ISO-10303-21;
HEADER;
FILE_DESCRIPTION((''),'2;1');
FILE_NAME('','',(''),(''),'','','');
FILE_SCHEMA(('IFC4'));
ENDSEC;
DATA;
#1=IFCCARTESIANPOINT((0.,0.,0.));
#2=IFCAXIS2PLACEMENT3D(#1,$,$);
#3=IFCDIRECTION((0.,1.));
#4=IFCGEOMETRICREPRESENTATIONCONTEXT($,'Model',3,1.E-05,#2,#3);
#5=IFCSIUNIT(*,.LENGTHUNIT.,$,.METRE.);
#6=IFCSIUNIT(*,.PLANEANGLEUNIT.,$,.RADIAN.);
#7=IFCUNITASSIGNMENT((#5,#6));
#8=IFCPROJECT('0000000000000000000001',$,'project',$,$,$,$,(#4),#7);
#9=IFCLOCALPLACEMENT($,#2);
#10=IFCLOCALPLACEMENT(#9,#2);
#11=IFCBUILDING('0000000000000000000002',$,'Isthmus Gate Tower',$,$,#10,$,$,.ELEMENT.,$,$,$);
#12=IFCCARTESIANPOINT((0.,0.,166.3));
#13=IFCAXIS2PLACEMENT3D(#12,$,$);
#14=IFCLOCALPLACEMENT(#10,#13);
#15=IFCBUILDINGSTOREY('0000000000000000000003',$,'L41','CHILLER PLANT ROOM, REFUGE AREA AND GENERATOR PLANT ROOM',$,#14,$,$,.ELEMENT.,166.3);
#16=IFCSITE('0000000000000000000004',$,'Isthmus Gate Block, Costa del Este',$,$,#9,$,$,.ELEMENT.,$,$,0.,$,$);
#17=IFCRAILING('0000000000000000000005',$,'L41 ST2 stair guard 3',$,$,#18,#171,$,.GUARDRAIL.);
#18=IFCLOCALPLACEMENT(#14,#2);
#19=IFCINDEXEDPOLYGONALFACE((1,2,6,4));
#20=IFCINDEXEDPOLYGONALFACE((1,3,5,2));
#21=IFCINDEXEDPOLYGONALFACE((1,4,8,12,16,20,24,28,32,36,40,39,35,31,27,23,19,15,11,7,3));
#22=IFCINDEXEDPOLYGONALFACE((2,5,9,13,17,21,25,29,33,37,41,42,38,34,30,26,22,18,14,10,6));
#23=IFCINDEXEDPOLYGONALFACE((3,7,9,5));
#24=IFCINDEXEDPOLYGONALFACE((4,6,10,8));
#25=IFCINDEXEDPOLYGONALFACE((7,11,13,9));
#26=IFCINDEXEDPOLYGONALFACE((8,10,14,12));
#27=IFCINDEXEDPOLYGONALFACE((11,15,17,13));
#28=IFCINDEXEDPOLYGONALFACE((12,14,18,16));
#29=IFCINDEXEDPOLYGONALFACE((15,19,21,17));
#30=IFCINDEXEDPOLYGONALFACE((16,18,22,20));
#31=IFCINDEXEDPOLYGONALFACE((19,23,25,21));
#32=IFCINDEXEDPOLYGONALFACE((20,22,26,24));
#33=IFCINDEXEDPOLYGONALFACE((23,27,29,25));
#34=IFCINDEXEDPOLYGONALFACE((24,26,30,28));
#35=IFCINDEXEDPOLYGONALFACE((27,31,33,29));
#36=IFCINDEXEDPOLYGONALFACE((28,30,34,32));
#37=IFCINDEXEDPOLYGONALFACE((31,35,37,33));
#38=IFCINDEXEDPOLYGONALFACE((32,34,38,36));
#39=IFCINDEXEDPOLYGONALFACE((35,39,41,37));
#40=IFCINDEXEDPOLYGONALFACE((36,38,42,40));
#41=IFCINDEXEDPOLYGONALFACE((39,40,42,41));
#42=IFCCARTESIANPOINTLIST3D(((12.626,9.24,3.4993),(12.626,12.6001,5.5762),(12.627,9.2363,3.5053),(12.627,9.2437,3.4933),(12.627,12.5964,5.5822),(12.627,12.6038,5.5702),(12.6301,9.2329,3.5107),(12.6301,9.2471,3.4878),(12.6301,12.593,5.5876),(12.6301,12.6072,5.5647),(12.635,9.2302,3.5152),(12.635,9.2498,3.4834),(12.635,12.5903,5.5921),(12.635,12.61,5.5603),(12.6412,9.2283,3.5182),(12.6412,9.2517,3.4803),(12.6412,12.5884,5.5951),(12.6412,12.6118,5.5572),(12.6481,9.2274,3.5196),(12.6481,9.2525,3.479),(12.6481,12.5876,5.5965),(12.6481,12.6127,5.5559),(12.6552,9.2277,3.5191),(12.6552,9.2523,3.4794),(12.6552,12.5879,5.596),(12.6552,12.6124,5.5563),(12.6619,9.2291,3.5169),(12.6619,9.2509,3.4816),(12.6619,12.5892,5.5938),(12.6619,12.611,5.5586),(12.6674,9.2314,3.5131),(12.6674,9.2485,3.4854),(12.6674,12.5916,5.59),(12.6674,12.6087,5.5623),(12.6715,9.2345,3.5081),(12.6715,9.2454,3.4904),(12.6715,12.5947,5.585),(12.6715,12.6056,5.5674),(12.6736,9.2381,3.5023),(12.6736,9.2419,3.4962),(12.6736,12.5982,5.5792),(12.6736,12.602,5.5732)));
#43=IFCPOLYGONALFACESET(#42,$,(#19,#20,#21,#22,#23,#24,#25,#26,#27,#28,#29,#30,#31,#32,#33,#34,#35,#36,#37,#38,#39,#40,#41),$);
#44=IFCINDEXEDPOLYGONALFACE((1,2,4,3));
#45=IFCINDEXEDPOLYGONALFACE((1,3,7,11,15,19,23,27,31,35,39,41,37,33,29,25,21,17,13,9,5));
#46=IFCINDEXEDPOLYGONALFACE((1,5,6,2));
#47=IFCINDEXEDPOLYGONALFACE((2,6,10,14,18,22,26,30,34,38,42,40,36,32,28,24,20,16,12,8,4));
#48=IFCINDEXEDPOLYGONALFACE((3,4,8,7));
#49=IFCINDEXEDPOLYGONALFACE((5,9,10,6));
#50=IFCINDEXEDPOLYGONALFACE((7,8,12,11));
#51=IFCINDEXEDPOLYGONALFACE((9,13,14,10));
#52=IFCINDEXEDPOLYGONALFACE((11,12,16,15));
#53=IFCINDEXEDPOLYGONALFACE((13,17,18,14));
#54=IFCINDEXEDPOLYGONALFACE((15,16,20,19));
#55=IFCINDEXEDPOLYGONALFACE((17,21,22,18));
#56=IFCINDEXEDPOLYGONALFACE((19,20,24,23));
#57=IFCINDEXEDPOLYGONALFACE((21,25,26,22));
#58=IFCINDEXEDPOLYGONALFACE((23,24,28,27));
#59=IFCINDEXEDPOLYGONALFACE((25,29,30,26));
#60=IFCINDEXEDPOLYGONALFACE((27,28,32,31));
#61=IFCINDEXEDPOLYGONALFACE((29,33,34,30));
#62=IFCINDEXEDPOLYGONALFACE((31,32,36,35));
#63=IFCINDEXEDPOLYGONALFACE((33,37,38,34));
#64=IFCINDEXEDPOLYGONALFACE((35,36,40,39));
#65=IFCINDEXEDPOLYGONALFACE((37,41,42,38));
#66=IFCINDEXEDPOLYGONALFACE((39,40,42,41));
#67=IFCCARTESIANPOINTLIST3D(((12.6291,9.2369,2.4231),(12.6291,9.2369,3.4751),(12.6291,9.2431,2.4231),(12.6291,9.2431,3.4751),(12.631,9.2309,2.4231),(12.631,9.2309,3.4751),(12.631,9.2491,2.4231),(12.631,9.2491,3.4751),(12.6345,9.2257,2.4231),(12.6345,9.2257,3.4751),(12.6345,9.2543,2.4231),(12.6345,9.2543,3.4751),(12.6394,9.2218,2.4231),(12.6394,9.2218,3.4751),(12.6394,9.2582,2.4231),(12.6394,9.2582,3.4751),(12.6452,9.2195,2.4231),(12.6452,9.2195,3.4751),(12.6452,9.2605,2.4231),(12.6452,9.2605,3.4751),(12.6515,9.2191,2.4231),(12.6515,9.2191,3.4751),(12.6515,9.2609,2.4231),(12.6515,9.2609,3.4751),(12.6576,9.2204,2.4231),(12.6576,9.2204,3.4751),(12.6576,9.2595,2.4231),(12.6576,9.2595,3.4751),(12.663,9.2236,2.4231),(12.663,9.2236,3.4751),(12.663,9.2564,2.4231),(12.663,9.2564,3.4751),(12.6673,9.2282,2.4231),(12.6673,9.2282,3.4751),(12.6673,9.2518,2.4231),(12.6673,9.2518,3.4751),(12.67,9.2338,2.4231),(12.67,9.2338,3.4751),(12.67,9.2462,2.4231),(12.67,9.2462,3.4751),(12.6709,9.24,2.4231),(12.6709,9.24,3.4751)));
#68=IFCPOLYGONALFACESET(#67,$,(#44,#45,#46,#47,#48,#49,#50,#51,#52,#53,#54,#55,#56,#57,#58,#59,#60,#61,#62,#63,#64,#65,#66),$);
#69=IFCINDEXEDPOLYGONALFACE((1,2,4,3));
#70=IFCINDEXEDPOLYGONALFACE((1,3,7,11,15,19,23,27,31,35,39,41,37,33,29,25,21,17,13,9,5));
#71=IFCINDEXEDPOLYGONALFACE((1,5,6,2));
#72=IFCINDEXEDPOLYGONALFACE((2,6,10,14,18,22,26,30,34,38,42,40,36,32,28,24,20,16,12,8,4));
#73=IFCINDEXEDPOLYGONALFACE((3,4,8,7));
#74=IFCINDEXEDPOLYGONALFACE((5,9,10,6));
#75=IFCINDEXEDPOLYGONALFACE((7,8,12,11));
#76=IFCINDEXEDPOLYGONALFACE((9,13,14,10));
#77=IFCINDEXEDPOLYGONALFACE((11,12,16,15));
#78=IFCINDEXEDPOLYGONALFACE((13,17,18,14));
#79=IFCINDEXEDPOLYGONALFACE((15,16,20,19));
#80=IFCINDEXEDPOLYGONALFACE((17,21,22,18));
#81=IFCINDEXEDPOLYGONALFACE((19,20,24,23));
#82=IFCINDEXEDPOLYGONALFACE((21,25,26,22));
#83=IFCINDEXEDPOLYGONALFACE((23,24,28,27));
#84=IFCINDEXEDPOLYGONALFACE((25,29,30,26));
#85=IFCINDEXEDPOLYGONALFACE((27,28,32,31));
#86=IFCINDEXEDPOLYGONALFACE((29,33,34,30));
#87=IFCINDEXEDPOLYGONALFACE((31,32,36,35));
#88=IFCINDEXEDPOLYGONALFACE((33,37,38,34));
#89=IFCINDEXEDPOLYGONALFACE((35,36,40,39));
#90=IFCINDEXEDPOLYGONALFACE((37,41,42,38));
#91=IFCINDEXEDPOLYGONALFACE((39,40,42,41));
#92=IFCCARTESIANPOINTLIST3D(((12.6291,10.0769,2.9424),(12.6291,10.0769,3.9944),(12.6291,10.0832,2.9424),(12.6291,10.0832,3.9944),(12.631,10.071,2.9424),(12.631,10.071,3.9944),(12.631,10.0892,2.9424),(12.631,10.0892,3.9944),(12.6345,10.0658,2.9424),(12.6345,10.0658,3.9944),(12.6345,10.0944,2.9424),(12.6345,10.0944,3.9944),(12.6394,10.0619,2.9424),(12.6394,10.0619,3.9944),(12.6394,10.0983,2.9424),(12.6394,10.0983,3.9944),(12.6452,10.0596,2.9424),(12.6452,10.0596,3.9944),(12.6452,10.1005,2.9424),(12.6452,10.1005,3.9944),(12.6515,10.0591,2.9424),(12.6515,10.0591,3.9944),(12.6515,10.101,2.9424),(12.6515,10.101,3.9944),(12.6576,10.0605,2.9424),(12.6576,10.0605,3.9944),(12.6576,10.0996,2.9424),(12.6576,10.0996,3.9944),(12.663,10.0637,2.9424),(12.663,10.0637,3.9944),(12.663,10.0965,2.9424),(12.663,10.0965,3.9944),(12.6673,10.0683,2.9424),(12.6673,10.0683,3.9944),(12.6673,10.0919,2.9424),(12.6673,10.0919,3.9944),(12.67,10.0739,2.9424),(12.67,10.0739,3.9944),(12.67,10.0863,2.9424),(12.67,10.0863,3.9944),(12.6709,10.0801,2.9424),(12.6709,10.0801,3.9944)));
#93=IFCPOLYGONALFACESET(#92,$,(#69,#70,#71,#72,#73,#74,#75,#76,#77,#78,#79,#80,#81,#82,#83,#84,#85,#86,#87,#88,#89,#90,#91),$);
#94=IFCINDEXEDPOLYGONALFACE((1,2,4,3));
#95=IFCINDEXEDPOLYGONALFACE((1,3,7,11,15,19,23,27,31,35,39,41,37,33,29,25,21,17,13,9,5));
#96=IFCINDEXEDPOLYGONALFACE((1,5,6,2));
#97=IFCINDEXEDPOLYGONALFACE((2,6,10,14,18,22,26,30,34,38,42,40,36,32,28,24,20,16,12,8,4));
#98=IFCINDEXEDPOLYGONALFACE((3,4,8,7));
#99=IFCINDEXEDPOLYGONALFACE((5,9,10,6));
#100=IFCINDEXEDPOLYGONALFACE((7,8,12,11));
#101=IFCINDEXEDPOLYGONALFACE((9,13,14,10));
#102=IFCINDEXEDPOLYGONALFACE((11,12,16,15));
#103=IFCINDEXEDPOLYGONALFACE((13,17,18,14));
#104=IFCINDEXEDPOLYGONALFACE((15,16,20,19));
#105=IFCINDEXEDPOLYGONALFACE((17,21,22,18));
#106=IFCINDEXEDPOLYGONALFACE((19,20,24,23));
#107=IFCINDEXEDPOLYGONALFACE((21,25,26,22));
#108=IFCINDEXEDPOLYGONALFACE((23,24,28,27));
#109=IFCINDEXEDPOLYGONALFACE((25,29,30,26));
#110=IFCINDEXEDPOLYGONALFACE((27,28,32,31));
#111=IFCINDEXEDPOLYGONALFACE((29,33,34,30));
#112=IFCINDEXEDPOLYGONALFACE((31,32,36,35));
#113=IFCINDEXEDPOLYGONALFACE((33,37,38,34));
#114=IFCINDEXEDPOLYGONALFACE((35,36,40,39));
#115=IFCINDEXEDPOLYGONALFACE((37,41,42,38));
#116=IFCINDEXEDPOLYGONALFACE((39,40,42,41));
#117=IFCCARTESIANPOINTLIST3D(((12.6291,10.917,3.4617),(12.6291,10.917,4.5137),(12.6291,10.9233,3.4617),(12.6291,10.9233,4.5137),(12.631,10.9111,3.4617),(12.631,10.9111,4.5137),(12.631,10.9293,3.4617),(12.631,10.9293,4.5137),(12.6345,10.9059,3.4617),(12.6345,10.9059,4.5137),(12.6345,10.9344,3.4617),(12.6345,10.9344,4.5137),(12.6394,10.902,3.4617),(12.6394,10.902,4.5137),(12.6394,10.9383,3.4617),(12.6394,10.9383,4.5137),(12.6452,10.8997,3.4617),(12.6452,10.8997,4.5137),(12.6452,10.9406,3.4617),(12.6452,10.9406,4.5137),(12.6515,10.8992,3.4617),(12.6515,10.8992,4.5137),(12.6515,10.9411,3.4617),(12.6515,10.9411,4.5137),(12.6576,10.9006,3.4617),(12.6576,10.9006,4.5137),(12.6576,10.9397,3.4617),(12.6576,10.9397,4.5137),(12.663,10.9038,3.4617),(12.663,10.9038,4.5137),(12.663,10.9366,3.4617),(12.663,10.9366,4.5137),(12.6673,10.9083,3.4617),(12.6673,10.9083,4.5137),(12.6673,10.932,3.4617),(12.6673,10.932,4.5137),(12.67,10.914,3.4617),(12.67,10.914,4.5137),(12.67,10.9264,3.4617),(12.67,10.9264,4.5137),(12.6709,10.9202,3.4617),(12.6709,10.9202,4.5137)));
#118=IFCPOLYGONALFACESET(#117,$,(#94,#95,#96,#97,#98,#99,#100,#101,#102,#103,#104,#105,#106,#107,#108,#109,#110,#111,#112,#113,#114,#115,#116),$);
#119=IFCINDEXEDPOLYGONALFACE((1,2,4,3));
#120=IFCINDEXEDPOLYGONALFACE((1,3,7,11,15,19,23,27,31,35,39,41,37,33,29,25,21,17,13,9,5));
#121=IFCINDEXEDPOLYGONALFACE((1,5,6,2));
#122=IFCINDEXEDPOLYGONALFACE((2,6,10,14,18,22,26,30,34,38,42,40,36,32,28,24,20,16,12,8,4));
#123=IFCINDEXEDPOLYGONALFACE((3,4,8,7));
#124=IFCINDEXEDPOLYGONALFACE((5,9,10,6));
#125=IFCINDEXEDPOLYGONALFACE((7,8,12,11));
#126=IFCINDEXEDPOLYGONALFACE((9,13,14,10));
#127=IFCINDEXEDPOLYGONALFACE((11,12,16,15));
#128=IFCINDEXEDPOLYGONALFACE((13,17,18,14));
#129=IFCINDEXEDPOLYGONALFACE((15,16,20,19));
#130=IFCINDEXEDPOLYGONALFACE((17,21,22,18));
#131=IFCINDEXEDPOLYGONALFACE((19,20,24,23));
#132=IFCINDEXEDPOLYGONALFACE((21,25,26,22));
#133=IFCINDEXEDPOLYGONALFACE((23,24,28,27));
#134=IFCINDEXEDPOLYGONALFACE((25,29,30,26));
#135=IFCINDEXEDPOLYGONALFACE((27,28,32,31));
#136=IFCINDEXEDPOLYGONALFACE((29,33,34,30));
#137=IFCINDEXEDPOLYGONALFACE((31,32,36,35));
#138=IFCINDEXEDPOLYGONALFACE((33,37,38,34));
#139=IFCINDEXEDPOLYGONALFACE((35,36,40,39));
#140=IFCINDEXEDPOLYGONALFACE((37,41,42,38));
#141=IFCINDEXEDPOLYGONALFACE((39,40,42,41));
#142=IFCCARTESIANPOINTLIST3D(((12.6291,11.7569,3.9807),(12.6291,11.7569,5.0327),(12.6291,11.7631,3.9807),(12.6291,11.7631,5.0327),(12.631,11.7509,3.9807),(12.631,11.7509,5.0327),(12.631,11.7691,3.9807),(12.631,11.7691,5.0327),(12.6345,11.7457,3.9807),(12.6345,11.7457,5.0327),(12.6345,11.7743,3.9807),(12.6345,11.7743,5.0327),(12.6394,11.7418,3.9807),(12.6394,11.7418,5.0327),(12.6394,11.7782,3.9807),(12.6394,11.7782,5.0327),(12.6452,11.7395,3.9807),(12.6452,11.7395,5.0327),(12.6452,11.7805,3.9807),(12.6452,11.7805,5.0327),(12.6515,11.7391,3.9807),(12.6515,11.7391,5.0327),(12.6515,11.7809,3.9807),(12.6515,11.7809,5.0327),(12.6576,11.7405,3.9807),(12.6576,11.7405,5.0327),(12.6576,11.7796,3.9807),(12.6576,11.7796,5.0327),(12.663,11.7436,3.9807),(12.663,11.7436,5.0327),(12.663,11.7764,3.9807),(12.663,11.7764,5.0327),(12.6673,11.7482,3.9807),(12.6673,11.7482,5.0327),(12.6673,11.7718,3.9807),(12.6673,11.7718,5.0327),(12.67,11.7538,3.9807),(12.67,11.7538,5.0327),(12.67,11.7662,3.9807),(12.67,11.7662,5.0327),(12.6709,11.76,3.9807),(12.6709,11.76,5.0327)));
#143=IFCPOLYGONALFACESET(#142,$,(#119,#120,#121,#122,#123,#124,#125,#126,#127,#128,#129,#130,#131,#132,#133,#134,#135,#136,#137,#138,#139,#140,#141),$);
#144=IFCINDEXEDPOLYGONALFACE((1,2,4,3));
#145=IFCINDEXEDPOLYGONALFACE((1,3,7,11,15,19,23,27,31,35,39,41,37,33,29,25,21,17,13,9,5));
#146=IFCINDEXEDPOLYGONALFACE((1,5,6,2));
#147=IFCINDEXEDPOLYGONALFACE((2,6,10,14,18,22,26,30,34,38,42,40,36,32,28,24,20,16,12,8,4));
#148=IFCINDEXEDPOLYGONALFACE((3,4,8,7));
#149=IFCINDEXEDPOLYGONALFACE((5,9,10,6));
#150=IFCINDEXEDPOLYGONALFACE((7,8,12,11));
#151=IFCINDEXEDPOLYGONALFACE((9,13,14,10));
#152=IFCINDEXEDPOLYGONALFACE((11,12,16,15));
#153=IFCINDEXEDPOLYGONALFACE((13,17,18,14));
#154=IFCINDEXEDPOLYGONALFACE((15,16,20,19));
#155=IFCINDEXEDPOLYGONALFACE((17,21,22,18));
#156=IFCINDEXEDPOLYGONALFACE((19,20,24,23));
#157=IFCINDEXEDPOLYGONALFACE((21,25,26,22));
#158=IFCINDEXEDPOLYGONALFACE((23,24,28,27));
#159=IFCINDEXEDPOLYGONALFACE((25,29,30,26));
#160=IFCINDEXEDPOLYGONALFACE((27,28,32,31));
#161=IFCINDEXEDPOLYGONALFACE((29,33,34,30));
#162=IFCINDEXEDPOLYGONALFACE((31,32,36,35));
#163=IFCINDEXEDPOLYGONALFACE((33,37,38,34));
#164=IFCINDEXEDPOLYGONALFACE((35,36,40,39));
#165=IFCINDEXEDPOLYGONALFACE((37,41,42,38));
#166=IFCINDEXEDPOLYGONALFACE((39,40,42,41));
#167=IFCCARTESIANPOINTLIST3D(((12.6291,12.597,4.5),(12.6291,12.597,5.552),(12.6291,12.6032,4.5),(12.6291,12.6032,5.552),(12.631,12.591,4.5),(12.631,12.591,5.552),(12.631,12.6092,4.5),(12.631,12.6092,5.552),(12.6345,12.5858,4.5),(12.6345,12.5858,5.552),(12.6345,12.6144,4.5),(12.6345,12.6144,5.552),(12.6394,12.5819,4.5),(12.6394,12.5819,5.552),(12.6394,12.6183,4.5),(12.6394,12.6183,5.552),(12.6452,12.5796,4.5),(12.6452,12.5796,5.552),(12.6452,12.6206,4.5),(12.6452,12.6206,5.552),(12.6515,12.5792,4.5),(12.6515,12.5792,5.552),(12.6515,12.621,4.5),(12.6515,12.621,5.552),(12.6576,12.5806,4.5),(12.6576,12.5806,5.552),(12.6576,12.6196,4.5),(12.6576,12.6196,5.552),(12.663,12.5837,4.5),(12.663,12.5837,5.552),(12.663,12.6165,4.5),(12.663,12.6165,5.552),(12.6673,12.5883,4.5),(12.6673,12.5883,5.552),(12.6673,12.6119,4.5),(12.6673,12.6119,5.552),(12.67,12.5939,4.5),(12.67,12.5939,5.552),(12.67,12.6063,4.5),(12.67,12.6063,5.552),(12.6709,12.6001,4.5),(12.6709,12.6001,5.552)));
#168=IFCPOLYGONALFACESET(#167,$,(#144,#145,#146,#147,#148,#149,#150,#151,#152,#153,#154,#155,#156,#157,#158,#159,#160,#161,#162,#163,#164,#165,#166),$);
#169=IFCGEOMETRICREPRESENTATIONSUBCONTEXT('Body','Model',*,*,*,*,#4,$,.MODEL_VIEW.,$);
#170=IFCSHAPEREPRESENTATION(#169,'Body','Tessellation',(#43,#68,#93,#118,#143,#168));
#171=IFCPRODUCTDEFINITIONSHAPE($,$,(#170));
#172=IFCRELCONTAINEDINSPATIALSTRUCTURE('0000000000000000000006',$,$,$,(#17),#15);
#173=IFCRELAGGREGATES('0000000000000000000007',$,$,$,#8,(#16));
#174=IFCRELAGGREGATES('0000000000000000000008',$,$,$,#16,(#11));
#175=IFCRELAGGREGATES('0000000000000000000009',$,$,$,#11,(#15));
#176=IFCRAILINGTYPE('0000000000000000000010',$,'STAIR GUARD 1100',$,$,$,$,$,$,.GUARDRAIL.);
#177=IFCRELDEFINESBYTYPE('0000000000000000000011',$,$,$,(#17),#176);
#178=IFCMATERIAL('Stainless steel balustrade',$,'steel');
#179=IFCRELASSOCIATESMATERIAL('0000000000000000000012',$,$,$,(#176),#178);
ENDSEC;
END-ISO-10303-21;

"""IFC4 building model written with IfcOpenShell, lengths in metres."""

from ifc_helpers import new_model, si_unit, direction, frame, origin, origin_2d, place, context, subcontext, project, spatial, circle, extrude, material, type_object, element, save


model = new_model("IFC4")

# Units and contexts
model_context = context("Model", 3, precision=1e-05, world=origin(), true_north=direction((0.0, 1.0)))
body_context = subcontext(model_context, "Body", "Model", "MODEL_VIEW")
ifc_project = project(units=[si_unit("LENGTHUNIT", "METRE"), si_unit("PLANEANGLEUNIT", "RADIAN")], contexts=[model_context])

# Site, building, storey
site_placement = place(None, origin())
site = spatial("IfcSite", under=ifc_project, at=site_placement, Name="Isthmus Gate Block, Costa del Este", CompositionType="ELEMENT", RefElevation=0.0)
building_placement = place(site_placement, origin())
building = spatial("IfcBuilding", under=site, at=building_placement, Name="Isthmus Gate Tower", CompositionType="ELEMENT")
storey_placement = place(building_placement, frame((0.0, 0.0, 166.3)))
storey = spatial("IfcBuildingStorey", under=building, at=storey_placement, Name="L41", Description="CHILLER PLANT ROOM, REFUGE AREA AND GENERATOR PLANT ROOM", CompositionType="ELEMENT", Elevation=166.3)

# Railing
ifc_material_1 = material(Name="Stainless steel balustrade", Category="steel")
railing_type_1 = type_object("IfcRailingType", Name="STAIR GUARD 1100", PredefinedType="GUARDRAIL", material=ifc_material_1)
for number, where, name in (
    (1, (12.6499, 9.24, 2.4231), "L41 ST2 stair guard 3"),
):
    element("IfcRailing", number, at=place(storey_placement, frame(where)), inside=storey, type_object=railing_type_1, Name=name, PredefinedType="GUARDRAIL", context=body_context, shape_type="SweptSolid", body=[
        extrude(circle(Radius=0.0239, at=origin_2d()), frame((0.0, 0.0, 1.0762), z_axis=(0.0, 0.850623, 0.525776), x_axis=(-1.0, 0.0, 0.0)), (0.0, 0.0, 1.0), 3.9502),
        extrude(circle(Radius=0.021, at=origin_2d()), origin(), (0.0, 0.0, 1.0), 1.052),
        extrude(circle(Radius=0.021, at=origin_2d()), frame((0.0, 0.8401, 0.5193)), (0.0, 0.0, 1.0), 1.052),
        extrude(circle(Radius=0.021, at=origin_2d()), frame((0.0, 1.6802, 1.0386)), (0.0, 0.0, 1.0), 1.052),
        extrude(circle(Radius=0.021, at=origin_2d()), frame((0.0, 2.52, 1.5576)), (0.0, 0.0, 1.0), 1.052),
        extrude(circle(Radius=0.021, at=origin_2d()), frame((0.0, 3.3601, 2.0769)), (0.0, 0.0, 1.0), 1.052),
    ])

save(model, "model.ifc")
